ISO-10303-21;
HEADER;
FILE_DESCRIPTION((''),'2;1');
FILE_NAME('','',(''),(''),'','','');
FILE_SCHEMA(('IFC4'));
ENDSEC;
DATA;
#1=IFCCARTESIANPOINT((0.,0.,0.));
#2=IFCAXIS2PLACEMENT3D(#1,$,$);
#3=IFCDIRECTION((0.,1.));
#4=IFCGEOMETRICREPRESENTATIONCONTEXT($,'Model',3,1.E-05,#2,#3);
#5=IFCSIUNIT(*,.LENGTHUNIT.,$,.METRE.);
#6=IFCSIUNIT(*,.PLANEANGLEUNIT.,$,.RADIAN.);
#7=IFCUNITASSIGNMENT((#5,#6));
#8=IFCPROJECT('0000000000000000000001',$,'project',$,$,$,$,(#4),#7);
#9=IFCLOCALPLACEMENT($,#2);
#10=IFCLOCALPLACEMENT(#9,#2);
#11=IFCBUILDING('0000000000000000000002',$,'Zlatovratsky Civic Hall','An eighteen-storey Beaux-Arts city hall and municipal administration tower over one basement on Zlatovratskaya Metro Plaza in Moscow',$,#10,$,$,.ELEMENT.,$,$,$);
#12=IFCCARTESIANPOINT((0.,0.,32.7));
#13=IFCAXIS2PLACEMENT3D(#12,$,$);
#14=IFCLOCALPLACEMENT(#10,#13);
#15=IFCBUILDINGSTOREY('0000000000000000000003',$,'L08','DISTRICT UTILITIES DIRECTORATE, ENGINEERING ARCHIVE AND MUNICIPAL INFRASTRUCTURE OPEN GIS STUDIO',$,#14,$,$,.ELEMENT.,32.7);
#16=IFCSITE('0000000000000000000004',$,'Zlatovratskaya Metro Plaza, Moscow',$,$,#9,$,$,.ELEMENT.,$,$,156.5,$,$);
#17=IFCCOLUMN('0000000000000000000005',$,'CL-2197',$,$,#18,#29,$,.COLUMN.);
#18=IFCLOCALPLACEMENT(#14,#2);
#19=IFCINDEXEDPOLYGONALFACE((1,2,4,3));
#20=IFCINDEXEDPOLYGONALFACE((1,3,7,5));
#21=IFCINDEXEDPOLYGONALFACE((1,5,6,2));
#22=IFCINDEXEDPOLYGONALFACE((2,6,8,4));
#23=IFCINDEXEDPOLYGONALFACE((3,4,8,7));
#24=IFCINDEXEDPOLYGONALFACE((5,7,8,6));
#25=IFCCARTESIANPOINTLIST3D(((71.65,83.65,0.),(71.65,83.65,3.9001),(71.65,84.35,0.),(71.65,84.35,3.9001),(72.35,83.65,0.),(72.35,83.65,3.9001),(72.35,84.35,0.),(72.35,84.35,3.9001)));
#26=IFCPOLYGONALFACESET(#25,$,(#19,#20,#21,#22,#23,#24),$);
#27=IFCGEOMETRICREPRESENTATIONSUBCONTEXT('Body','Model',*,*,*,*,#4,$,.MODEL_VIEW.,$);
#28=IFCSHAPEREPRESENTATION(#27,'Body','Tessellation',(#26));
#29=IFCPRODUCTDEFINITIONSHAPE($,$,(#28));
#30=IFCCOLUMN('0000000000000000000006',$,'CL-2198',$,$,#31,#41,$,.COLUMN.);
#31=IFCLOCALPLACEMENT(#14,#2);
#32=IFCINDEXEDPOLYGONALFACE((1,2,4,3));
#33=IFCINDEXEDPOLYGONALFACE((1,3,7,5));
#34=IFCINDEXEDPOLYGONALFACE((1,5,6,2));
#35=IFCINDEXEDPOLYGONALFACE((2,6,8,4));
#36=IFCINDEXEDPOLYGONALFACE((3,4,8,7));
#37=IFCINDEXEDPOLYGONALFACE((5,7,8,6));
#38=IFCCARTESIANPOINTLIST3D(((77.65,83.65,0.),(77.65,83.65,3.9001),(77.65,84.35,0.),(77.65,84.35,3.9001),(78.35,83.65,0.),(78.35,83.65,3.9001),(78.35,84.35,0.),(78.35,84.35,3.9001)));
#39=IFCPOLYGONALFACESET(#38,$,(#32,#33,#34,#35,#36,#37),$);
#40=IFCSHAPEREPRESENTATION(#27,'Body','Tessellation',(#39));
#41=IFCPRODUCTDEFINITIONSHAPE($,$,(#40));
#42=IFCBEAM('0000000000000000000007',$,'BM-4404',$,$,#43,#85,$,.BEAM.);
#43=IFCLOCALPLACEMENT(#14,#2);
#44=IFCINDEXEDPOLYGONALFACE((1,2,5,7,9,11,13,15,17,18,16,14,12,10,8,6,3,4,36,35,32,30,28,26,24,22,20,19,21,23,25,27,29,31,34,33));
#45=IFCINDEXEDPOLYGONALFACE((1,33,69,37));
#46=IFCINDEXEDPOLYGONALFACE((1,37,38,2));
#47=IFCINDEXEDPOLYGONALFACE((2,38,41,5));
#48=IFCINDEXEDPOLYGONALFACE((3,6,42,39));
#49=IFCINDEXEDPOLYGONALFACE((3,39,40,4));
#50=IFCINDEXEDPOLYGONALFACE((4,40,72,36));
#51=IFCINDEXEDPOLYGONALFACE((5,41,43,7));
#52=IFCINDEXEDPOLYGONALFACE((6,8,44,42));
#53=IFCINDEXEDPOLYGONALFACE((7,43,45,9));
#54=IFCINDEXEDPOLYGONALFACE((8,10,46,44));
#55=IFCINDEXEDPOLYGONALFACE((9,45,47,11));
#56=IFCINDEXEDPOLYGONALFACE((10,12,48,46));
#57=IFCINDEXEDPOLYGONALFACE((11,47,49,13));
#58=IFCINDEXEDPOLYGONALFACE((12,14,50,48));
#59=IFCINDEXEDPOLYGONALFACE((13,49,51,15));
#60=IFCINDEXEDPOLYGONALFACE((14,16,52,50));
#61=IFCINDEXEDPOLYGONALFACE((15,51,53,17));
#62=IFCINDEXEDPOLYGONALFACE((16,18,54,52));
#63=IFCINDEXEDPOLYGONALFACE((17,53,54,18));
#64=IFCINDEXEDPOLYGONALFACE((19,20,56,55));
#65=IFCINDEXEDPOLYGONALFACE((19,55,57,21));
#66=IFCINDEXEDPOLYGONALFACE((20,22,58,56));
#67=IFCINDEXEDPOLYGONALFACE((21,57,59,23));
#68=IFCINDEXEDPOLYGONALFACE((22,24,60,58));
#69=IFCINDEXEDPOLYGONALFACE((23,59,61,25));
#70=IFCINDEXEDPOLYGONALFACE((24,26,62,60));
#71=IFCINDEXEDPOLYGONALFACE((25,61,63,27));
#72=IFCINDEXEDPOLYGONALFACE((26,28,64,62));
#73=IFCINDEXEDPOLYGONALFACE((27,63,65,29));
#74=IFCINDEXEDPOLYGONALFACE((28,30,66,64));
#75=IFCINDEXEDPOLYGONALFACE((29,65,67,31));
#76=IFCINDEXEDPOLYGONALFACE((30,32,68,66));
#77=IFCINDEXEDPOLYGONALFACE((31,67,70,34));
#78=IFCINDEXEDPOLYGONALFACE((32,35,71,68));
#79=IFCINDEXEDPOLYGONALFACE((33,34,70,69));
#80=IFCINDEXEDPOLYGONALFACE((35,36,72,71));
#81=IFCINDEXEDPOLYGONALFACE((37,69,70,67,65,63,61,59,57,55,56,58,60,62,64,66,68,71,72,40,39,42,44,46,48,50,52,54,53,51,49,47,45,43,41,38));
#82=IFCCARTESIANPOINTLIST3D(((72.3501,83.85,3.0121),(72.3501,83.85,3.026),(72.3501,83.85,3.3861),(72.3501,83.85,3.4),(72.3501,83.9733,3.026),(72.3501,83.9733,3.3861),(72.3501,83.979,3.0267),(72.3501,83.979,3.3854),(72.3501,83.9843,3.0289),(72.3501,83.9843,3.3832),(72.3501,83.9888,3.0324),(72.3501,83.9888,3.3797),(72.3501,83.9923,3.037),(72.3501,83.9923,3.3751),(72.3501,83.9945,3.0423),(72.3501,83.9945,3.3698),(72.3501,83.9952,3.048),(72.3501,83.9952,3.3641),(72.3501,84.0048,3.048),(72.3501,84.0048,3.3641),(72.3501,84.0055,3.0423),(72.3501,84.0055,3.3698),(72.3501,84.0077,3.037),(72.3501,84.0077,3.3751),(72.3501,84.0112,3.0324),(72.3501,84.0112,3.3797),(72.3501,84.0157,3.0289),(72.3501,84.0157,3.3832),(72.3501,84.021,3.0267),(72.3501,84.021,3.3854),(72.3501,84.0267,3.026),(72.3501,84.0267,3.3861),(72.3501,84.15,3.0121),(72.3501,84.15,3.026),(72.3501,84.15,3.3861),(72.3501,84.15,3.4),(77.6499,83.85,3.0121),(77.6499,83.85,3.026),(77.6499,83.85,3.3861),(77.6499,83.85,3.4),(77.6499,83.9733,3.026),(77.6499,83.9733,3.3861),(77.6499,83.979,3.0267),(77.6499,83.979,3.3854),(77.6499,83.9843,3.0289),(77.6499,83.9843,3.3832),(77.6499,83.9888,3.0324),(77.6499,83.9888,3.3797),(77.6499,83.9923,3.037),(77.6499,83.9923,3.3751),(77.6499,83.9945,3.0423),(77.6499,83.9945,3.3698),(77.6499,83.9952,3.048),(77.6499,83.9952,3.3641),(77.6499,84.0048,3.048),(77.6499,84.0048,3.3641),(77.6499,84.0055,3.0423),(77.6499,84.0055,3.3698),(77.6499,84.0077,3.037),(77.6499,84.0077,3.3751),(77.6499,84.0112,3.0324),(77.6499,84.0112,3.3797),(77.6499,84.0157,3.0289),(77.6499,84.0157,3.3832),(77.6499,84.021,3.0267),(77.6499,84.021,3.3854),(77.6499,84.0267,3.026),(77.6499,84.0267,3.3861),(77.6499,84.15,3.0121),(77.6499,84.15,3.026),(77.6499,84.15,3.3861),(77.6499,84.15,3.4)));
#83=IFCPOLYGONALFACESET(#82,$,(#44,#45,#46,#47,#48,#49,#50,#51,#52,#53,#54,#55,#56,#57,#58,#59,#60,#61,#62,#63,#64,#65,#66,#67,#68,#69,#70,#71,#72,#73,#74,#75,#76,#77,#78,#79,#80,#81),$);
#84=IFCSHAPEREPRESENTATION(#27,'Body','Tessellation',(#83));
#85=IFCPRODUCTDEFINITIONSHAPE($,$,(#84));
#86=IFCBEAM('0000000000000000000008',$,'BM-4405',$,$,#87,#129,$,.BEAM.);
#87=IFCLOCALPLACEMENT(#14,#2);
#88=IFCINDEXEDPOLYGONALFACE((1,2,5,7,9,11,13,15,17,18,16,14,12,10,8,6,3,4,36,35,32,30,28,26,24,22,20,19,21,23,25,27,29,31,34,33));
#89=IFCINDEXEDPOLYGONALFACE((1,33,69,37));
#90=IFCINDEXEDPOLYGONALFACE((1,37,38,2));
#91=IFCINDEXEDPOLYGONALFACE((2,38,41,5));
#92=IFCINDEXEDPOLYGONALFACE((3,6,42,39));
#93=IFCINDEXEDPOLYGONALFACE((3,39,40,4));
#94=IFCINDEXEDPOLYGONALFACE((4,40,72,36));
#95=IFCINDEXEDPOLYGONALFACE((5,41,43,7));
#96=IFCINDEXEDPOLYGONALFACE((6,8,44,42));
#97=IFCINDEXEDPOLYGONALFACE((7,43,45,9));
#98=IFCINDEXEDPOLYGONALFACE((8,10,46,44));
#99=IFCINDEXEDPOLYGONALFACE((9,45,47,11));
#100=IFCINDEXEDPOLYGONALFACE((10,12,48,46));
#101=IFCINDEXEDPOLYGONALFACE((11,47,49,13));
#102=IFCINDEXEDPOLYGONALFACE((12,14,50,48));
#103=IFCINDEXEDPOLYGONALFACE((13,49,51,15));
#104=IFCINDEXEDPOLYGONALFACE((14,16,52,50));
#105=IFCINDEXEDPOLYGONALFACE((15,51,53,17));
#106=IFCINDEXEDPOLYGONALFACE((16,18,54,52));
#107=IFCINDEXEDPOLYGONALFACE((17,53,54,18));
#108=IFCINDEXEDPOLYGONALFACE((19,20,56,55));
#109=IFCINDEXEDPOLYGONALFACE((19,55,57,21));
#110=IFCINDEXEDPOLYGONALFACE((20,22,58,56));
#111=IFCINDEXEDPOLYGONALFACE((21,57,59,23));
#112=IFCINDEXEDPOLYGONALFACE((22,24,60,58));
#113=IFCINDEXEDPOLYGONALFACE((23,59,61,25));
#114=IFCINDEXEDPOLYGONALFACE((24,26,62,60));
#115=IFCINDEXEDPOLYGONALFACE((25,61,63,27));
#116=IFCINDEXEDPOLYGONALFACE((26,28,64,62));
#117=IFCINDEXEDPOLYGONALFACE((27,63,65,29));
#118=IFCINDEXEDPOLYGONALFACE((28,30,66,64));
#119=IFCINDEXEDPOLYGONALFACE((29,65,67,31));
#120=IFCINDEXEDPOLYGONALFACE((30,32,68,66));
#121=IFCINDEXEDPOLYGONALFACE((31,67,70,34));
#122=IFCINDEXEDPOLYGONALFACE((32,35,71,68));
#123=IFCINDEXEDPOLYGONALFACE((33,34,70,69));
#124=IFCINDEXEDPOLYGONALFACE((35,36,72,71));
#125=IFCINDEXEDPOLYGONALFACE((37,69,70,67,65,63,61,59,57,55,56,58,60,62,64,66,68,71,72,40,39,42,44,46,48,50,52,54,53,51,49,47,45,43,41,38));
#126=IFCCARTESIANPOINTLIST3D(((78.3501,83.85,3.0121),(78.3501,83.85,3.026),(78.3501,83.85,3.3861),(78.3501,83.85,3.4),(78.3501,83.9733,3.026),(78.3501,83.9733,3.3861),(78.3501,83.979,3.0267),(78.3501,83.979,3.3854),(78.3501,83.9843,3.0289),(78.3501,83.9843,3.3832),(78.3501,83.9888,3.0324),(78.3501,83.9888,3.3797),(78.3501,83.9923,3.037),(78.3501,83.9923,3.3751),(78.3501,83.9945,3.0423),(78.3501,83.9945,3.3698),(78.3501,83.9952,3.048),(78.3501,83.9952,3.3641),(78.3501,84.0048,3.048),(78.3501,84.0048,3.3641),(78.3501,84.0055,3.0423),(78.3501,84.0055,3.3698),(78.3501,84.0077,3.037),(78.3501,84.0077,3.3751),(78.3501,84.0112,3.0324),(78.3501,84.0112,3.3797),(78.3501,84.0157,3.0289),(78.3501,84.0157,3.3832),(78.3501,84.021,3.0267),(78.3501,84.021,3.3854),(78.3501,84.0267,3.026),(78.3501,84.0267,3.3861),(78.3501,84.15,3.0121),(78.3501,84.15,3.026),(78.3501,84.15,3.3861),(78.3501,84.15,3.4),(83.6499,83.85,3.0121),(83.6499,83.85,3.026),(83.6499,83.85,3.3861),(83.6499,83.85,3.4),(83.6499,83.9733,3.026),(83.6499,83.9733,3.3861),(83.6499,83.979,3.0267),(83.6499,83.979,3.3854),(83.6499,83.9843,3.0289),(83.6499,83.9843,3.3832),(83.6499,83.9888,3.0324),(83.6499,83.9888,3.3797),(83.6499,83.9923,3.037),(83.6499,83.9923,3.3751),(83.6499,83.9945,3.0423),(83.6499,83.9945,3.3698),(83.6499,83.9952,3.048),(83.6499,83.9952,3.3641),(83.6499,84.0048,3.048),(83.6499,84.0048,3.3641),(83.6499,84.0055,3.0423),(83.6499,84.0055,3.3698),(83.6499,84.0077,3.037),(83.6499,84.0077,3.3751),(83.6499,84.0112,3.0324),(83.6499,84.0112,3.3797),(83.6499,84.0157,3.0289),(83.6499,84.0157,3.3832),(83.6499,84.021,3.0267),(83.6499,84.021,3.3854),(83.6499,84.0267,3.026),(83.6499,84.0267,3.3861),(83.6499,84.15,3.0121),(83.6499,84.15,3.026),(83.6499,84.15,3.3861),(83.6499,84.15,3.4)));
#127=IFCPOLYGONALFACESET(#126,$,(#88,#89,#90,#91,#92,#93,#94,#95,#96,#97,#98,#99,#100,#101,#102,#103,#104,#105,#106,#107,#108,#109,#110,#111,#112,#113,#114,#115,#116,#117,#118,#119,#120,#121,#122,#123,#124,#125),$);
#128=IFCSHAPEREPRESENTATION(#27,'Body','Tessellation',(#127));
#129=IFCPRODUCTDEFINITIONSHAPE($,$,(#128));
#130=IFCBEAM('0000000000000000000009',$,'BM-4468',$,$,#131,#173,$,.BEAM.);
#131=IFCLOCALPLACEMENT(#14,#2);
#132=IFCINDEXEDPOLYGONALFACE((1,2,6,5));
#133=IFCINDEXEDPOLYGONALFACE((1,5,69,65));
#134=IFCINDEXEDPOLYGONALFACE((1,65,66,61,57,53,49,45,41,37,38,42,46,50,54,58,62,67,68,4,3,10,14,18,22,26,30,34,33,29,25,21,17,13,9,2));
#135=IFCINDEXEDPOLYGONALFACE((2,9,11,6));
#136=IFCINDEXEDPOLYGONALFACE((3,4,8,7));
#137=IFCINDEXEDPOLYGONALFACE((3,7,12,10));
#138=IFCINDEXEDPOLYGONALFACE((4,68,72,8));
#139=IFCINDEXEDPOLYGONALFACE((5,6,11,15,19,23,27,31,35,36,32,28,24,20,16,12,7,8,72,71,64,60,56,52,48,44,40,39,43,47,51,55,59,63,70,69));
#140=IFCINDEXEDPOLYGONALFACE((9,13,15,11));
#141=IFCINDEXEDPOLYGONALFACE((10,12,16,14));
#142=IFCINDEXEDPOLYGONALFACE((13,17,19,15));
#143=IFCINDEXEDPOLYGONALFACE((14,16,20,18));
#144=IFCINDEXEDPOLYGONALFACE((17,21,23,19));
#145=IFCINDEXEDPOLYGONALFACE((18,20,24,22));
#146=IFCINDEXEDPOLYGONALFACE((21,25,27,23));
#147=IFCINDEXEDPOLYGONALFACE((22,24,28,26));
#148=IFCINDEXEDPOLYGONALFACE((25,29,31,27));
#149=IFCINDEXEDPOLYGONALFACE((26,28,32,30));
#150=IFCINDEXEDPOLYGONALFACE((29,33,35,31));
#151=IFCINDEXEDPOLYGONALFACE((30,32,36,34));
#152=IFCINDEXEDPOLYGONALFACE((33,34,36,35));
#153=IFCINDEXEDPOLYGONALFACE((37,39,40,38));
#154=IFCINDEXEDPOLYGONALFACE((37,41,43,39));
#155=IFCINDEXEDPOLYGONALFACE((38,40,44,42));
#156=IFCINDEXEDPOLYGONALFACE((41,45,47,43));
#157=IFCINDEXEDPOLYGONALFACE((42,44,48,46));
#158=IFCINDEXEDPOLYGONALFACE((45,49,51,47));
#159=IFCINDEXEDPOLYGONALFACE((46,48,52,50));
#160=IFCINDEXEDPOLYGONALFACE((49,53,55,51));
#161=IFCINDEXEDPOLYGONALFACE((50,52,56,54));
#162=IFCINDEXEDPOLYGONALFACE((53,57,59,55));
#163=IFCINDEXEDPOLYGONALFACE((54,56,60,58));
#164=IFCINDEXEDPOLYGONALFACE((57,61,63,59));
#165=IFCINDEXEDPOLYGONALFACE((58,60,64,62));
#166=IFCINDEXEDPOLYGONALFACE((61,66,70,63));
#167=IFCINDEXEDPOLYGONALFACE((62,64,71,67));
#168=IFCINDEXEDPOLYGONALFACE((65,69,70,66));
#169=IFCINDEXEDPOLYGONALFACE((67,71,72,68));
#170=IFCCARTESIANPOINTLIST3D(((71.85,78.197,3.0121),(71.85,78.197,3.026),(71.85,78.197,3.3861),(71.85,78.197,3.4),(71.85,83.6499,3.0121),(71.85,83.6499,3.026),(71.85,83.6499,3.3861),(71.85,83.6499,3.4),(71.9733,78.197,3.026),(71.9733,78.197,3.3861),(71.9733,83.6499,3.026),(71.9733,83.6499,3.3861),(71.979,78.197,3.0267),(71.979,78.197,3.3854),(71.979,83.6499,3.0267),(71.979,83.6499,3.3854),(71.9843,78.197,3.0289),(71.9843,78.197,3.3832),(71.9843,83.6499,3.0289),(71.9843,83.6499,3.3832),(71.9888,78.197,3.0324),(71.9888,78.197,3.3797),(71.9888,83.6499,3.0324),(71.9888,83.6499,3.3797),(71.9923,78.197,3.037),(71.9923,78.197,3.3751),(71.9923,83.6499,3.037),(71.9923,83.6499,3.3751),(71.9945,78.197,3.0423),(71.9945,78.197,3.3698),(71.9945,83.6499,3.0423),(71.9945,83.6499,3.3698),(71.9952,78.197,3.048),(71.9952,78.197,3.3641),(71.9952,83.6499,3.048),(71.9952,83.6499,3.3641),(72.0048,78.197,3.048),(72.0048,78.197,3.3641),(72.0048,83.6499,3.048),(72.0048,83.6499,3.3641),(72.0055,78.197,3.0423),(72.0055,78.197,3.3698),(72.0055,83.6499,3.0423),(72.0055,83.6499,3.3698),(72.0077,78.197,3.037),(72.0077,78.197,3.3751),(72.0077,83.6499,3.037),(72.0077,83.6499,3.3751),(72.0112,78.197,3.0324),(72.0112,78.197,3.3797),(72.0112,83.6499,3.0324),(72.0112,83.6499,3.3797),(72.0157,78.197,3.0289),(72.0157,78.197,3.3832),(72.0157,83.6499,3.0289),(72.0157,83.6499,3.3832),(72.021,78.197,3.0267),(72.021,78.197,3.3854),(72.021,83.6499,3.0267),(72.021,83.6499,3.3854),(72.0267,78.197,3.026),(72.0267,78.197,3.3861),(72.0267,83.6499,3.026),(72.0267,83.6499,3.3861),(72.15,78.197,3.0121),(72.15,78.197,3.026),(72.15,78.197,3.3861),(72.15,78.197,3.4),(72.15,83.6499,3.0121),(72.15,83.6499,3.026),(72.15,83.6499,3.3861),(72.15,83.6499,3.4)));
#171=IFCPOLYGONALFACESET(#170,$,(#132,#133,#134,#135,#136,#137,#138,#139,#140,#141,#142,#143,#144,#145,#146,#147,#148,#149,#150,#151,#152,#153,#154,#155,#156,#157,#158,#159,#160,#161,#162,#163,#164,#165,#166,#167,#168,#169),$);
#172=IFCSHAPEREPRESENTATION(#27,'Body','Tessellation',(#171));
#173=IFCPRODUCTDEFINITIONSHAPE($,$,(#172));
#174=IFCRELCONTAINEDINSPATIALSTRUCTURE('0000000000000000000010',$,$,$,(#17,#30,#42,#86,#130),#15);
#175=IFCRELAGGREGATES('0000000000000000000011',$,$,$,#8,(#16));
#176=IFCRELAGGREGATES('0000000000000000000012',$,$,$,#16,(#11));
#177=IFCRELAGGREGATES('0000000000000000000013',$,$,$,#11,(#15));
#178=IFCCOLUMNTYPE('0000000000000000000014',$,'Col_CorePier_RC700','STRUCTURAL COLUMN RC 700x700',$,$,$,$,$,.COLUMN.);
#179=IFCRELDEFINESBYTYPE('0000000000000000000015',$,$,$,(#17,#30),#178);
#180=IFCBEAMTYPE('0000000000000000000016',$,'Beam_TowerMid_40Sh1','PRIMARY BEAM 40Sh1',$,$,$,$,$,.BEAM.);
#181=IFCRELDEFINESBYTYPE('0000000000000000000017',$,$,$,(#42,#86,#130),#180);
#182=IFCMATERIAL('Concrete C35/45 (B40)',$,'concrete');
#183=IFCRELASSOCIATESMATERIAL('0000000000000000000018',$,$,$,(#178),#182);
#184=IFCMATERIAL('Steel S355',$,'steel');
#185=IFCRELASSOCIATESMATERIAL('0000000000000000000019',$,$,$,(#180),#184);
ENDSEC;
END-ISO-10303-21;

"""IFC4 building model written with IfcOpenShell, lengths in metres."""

from ifc_helpers import new_model, si_unit, direction, frame, origin, origin_2d, place, context, subcontext, project, spatial, rectangle, i_section, extrude, material, material_profile, profile_set, type_object, element, save


model = new_model("IFC4")

# Units and contexts
model_context = context("Model", 3, precision=1e-05, world=origin(), true_north=direction((0.0, 1.0)))
body_context = subcontext(model_context, "Body", "Model", "MODEL_VIEW")
ifc_project = project(units=[si_unit("LENGTHUNIT", "METRE"), si_unit("PLANEANGLEUNIT", "RADIAN")], contexts=[model_context])

# Site, building, storey
site_placement = place(None, origin())
site = spatial("IfcSite", under=ifc_project, at=site_placement, Name="Zlatovratskaya Metro Plaza, Moscow", CompositionType="ELEMENT", RefElevation=156.5)
building_placement = place(site_placement, origin())
building = spatial("IfcBuilding", under=site, at=building_placement, Name="Zlatovratsky Civic Hall", Description="An eighteen-storey Beaux-Arts city hall and municipal administration tower over one basement on Zlatovratskaya Metro Plaza in Moscow", CompositionType="ELEMENT")
storey_placement = place(building_placement, frame((0.0, 0.0, 32.7)))
storey = spatial("IfcBuildingStorey", under=building, at=storey_placement, Name="L08", Description="DISTRICT UTILITIES DIRECTORATE, ENGINEERING ARCHIVE AND MUNICIPAL INFRASTRUCTURE OPEN GIS STUDIO", CompositionType="ELEMENT", Elevation=32.7)

# Columns
ifc_material_1 = material(Name="Concrete C35/45 (B40)", Category="concrete")
ifc_material_profile_1 = material_profile(ifc_material_1, rectangle(XDim=0.7, YDim=0.7, at=origin_2d()), Name="RC 700x700")
ifc_profile_set_1 = profile_set([ifc_material_profile_1], Name="Concrete C35/45 (B40)")
column_type = type_object("IfcColumnType", Name="Col_CorePier_RC700", Description="STRUCTURAL COLUMN RC 700x700", PredefinedType="COLUMN", material=ifc_profile_set_1)
for number, where, z_axis, x_axis, name in (
    (1, (72.0, 84.0, 0.0), (0.0, 0.0, 1.0), (1.0, 0.0, 0.0), "CL-2197"),
    (2, (78.0, 84.0, 0.0), (0.0, 0.0, 1.0), (1.0, 0.0, 0.0), "CL-2198"),
):
    element("IfcColumn", number, at=place(storey_placement, frame(where, z_axis=z_axis, x_axis=x_axis)), inside=storey, type_object=column_type, Name=name, PredefinedType="COLUMN", context=body_context, shape_type="SweptSolid", body=[
        extrude(rectangle(XDim=0.7, YDim=0.7, at=origin_2d()), origin(), (0.0, 0.0, 1.0), 3.9001),
    ])

# Beams
ifc_material_2 = material(Name="Steel S355", Category="steel")
ifc_material_profile_2 = material_profile(ifc_material_2, i_section(OverallWidth=0.3, OverallDepth=0.3879, WebThickness=0.0095, FlangeThickness=0.0139, FilletRadius=0.022, at=origin_2d()), Name="40Sh1")
ifc_profile_set_2 = profile_set([ifc_material_profile_2], Name="Steel S355")
beam_type = type_object("IfcBeamType", Name="Beam_TowerMid_40Sh1", Description="PRIMARY BEAM 40Sh1", PredefinedType="BEAM", material=ifc_profile_set_2)
for number, where, z_axis, x_axis, name in (
    (3, (72.3501, 84.0, 3.2061), (1.0, 0.0, 0.0), (0.0, 1.0, 0.0), "BM-4404"),
    (4, (78.3501, 84.0, 3.2061), (1.0, 0.0, 0.0), (0.0, 1.0, 0.0), "BM-4405"),
):
    element("IfcBeam", number, at=place(storey_placement, frame(where, z_axis=z_axis, x_axis=x_axis)), inside=storey, type_object=beam_type, Name=name, PredefinedType="BEAM", context=body_context, shape_type="SweptSolid", body=[
        extrude(i_section(OverallWidth=0.3, OverallDepth=0.3879, WebThickness=0.0095, FlangeThickness=0.0139, FilletRadius=0.022, at=origin_2d()), origin(), (0.0, 0.0, 1.0), 5.2998),
    ])
beam_1_placement = place(storey_placement, frame((72.0, 78.197, 3.2061), z_axis=(0.0, 1.0, 0.0), x_axis=(-1.0, 0.0, 0.0)))
element("IfcBeam", 5, at=beam_1_placement, inside=storey, type_object=beam_type, Name="BM-4468", PredefinedType="BEAM", context=body_context, shape_type="SweptSolid", body=[
    extrude(i_section(OverallWidth=0.3, OverallDepth=0.3879, WebThickness=0.0095, FlangeThickness=0.0139, FilletRadius=0.022, at=origin_2d()), origin(), (0.0, 0.0, 1.0), 5.4529),
])

save(model, "model.ifc")
